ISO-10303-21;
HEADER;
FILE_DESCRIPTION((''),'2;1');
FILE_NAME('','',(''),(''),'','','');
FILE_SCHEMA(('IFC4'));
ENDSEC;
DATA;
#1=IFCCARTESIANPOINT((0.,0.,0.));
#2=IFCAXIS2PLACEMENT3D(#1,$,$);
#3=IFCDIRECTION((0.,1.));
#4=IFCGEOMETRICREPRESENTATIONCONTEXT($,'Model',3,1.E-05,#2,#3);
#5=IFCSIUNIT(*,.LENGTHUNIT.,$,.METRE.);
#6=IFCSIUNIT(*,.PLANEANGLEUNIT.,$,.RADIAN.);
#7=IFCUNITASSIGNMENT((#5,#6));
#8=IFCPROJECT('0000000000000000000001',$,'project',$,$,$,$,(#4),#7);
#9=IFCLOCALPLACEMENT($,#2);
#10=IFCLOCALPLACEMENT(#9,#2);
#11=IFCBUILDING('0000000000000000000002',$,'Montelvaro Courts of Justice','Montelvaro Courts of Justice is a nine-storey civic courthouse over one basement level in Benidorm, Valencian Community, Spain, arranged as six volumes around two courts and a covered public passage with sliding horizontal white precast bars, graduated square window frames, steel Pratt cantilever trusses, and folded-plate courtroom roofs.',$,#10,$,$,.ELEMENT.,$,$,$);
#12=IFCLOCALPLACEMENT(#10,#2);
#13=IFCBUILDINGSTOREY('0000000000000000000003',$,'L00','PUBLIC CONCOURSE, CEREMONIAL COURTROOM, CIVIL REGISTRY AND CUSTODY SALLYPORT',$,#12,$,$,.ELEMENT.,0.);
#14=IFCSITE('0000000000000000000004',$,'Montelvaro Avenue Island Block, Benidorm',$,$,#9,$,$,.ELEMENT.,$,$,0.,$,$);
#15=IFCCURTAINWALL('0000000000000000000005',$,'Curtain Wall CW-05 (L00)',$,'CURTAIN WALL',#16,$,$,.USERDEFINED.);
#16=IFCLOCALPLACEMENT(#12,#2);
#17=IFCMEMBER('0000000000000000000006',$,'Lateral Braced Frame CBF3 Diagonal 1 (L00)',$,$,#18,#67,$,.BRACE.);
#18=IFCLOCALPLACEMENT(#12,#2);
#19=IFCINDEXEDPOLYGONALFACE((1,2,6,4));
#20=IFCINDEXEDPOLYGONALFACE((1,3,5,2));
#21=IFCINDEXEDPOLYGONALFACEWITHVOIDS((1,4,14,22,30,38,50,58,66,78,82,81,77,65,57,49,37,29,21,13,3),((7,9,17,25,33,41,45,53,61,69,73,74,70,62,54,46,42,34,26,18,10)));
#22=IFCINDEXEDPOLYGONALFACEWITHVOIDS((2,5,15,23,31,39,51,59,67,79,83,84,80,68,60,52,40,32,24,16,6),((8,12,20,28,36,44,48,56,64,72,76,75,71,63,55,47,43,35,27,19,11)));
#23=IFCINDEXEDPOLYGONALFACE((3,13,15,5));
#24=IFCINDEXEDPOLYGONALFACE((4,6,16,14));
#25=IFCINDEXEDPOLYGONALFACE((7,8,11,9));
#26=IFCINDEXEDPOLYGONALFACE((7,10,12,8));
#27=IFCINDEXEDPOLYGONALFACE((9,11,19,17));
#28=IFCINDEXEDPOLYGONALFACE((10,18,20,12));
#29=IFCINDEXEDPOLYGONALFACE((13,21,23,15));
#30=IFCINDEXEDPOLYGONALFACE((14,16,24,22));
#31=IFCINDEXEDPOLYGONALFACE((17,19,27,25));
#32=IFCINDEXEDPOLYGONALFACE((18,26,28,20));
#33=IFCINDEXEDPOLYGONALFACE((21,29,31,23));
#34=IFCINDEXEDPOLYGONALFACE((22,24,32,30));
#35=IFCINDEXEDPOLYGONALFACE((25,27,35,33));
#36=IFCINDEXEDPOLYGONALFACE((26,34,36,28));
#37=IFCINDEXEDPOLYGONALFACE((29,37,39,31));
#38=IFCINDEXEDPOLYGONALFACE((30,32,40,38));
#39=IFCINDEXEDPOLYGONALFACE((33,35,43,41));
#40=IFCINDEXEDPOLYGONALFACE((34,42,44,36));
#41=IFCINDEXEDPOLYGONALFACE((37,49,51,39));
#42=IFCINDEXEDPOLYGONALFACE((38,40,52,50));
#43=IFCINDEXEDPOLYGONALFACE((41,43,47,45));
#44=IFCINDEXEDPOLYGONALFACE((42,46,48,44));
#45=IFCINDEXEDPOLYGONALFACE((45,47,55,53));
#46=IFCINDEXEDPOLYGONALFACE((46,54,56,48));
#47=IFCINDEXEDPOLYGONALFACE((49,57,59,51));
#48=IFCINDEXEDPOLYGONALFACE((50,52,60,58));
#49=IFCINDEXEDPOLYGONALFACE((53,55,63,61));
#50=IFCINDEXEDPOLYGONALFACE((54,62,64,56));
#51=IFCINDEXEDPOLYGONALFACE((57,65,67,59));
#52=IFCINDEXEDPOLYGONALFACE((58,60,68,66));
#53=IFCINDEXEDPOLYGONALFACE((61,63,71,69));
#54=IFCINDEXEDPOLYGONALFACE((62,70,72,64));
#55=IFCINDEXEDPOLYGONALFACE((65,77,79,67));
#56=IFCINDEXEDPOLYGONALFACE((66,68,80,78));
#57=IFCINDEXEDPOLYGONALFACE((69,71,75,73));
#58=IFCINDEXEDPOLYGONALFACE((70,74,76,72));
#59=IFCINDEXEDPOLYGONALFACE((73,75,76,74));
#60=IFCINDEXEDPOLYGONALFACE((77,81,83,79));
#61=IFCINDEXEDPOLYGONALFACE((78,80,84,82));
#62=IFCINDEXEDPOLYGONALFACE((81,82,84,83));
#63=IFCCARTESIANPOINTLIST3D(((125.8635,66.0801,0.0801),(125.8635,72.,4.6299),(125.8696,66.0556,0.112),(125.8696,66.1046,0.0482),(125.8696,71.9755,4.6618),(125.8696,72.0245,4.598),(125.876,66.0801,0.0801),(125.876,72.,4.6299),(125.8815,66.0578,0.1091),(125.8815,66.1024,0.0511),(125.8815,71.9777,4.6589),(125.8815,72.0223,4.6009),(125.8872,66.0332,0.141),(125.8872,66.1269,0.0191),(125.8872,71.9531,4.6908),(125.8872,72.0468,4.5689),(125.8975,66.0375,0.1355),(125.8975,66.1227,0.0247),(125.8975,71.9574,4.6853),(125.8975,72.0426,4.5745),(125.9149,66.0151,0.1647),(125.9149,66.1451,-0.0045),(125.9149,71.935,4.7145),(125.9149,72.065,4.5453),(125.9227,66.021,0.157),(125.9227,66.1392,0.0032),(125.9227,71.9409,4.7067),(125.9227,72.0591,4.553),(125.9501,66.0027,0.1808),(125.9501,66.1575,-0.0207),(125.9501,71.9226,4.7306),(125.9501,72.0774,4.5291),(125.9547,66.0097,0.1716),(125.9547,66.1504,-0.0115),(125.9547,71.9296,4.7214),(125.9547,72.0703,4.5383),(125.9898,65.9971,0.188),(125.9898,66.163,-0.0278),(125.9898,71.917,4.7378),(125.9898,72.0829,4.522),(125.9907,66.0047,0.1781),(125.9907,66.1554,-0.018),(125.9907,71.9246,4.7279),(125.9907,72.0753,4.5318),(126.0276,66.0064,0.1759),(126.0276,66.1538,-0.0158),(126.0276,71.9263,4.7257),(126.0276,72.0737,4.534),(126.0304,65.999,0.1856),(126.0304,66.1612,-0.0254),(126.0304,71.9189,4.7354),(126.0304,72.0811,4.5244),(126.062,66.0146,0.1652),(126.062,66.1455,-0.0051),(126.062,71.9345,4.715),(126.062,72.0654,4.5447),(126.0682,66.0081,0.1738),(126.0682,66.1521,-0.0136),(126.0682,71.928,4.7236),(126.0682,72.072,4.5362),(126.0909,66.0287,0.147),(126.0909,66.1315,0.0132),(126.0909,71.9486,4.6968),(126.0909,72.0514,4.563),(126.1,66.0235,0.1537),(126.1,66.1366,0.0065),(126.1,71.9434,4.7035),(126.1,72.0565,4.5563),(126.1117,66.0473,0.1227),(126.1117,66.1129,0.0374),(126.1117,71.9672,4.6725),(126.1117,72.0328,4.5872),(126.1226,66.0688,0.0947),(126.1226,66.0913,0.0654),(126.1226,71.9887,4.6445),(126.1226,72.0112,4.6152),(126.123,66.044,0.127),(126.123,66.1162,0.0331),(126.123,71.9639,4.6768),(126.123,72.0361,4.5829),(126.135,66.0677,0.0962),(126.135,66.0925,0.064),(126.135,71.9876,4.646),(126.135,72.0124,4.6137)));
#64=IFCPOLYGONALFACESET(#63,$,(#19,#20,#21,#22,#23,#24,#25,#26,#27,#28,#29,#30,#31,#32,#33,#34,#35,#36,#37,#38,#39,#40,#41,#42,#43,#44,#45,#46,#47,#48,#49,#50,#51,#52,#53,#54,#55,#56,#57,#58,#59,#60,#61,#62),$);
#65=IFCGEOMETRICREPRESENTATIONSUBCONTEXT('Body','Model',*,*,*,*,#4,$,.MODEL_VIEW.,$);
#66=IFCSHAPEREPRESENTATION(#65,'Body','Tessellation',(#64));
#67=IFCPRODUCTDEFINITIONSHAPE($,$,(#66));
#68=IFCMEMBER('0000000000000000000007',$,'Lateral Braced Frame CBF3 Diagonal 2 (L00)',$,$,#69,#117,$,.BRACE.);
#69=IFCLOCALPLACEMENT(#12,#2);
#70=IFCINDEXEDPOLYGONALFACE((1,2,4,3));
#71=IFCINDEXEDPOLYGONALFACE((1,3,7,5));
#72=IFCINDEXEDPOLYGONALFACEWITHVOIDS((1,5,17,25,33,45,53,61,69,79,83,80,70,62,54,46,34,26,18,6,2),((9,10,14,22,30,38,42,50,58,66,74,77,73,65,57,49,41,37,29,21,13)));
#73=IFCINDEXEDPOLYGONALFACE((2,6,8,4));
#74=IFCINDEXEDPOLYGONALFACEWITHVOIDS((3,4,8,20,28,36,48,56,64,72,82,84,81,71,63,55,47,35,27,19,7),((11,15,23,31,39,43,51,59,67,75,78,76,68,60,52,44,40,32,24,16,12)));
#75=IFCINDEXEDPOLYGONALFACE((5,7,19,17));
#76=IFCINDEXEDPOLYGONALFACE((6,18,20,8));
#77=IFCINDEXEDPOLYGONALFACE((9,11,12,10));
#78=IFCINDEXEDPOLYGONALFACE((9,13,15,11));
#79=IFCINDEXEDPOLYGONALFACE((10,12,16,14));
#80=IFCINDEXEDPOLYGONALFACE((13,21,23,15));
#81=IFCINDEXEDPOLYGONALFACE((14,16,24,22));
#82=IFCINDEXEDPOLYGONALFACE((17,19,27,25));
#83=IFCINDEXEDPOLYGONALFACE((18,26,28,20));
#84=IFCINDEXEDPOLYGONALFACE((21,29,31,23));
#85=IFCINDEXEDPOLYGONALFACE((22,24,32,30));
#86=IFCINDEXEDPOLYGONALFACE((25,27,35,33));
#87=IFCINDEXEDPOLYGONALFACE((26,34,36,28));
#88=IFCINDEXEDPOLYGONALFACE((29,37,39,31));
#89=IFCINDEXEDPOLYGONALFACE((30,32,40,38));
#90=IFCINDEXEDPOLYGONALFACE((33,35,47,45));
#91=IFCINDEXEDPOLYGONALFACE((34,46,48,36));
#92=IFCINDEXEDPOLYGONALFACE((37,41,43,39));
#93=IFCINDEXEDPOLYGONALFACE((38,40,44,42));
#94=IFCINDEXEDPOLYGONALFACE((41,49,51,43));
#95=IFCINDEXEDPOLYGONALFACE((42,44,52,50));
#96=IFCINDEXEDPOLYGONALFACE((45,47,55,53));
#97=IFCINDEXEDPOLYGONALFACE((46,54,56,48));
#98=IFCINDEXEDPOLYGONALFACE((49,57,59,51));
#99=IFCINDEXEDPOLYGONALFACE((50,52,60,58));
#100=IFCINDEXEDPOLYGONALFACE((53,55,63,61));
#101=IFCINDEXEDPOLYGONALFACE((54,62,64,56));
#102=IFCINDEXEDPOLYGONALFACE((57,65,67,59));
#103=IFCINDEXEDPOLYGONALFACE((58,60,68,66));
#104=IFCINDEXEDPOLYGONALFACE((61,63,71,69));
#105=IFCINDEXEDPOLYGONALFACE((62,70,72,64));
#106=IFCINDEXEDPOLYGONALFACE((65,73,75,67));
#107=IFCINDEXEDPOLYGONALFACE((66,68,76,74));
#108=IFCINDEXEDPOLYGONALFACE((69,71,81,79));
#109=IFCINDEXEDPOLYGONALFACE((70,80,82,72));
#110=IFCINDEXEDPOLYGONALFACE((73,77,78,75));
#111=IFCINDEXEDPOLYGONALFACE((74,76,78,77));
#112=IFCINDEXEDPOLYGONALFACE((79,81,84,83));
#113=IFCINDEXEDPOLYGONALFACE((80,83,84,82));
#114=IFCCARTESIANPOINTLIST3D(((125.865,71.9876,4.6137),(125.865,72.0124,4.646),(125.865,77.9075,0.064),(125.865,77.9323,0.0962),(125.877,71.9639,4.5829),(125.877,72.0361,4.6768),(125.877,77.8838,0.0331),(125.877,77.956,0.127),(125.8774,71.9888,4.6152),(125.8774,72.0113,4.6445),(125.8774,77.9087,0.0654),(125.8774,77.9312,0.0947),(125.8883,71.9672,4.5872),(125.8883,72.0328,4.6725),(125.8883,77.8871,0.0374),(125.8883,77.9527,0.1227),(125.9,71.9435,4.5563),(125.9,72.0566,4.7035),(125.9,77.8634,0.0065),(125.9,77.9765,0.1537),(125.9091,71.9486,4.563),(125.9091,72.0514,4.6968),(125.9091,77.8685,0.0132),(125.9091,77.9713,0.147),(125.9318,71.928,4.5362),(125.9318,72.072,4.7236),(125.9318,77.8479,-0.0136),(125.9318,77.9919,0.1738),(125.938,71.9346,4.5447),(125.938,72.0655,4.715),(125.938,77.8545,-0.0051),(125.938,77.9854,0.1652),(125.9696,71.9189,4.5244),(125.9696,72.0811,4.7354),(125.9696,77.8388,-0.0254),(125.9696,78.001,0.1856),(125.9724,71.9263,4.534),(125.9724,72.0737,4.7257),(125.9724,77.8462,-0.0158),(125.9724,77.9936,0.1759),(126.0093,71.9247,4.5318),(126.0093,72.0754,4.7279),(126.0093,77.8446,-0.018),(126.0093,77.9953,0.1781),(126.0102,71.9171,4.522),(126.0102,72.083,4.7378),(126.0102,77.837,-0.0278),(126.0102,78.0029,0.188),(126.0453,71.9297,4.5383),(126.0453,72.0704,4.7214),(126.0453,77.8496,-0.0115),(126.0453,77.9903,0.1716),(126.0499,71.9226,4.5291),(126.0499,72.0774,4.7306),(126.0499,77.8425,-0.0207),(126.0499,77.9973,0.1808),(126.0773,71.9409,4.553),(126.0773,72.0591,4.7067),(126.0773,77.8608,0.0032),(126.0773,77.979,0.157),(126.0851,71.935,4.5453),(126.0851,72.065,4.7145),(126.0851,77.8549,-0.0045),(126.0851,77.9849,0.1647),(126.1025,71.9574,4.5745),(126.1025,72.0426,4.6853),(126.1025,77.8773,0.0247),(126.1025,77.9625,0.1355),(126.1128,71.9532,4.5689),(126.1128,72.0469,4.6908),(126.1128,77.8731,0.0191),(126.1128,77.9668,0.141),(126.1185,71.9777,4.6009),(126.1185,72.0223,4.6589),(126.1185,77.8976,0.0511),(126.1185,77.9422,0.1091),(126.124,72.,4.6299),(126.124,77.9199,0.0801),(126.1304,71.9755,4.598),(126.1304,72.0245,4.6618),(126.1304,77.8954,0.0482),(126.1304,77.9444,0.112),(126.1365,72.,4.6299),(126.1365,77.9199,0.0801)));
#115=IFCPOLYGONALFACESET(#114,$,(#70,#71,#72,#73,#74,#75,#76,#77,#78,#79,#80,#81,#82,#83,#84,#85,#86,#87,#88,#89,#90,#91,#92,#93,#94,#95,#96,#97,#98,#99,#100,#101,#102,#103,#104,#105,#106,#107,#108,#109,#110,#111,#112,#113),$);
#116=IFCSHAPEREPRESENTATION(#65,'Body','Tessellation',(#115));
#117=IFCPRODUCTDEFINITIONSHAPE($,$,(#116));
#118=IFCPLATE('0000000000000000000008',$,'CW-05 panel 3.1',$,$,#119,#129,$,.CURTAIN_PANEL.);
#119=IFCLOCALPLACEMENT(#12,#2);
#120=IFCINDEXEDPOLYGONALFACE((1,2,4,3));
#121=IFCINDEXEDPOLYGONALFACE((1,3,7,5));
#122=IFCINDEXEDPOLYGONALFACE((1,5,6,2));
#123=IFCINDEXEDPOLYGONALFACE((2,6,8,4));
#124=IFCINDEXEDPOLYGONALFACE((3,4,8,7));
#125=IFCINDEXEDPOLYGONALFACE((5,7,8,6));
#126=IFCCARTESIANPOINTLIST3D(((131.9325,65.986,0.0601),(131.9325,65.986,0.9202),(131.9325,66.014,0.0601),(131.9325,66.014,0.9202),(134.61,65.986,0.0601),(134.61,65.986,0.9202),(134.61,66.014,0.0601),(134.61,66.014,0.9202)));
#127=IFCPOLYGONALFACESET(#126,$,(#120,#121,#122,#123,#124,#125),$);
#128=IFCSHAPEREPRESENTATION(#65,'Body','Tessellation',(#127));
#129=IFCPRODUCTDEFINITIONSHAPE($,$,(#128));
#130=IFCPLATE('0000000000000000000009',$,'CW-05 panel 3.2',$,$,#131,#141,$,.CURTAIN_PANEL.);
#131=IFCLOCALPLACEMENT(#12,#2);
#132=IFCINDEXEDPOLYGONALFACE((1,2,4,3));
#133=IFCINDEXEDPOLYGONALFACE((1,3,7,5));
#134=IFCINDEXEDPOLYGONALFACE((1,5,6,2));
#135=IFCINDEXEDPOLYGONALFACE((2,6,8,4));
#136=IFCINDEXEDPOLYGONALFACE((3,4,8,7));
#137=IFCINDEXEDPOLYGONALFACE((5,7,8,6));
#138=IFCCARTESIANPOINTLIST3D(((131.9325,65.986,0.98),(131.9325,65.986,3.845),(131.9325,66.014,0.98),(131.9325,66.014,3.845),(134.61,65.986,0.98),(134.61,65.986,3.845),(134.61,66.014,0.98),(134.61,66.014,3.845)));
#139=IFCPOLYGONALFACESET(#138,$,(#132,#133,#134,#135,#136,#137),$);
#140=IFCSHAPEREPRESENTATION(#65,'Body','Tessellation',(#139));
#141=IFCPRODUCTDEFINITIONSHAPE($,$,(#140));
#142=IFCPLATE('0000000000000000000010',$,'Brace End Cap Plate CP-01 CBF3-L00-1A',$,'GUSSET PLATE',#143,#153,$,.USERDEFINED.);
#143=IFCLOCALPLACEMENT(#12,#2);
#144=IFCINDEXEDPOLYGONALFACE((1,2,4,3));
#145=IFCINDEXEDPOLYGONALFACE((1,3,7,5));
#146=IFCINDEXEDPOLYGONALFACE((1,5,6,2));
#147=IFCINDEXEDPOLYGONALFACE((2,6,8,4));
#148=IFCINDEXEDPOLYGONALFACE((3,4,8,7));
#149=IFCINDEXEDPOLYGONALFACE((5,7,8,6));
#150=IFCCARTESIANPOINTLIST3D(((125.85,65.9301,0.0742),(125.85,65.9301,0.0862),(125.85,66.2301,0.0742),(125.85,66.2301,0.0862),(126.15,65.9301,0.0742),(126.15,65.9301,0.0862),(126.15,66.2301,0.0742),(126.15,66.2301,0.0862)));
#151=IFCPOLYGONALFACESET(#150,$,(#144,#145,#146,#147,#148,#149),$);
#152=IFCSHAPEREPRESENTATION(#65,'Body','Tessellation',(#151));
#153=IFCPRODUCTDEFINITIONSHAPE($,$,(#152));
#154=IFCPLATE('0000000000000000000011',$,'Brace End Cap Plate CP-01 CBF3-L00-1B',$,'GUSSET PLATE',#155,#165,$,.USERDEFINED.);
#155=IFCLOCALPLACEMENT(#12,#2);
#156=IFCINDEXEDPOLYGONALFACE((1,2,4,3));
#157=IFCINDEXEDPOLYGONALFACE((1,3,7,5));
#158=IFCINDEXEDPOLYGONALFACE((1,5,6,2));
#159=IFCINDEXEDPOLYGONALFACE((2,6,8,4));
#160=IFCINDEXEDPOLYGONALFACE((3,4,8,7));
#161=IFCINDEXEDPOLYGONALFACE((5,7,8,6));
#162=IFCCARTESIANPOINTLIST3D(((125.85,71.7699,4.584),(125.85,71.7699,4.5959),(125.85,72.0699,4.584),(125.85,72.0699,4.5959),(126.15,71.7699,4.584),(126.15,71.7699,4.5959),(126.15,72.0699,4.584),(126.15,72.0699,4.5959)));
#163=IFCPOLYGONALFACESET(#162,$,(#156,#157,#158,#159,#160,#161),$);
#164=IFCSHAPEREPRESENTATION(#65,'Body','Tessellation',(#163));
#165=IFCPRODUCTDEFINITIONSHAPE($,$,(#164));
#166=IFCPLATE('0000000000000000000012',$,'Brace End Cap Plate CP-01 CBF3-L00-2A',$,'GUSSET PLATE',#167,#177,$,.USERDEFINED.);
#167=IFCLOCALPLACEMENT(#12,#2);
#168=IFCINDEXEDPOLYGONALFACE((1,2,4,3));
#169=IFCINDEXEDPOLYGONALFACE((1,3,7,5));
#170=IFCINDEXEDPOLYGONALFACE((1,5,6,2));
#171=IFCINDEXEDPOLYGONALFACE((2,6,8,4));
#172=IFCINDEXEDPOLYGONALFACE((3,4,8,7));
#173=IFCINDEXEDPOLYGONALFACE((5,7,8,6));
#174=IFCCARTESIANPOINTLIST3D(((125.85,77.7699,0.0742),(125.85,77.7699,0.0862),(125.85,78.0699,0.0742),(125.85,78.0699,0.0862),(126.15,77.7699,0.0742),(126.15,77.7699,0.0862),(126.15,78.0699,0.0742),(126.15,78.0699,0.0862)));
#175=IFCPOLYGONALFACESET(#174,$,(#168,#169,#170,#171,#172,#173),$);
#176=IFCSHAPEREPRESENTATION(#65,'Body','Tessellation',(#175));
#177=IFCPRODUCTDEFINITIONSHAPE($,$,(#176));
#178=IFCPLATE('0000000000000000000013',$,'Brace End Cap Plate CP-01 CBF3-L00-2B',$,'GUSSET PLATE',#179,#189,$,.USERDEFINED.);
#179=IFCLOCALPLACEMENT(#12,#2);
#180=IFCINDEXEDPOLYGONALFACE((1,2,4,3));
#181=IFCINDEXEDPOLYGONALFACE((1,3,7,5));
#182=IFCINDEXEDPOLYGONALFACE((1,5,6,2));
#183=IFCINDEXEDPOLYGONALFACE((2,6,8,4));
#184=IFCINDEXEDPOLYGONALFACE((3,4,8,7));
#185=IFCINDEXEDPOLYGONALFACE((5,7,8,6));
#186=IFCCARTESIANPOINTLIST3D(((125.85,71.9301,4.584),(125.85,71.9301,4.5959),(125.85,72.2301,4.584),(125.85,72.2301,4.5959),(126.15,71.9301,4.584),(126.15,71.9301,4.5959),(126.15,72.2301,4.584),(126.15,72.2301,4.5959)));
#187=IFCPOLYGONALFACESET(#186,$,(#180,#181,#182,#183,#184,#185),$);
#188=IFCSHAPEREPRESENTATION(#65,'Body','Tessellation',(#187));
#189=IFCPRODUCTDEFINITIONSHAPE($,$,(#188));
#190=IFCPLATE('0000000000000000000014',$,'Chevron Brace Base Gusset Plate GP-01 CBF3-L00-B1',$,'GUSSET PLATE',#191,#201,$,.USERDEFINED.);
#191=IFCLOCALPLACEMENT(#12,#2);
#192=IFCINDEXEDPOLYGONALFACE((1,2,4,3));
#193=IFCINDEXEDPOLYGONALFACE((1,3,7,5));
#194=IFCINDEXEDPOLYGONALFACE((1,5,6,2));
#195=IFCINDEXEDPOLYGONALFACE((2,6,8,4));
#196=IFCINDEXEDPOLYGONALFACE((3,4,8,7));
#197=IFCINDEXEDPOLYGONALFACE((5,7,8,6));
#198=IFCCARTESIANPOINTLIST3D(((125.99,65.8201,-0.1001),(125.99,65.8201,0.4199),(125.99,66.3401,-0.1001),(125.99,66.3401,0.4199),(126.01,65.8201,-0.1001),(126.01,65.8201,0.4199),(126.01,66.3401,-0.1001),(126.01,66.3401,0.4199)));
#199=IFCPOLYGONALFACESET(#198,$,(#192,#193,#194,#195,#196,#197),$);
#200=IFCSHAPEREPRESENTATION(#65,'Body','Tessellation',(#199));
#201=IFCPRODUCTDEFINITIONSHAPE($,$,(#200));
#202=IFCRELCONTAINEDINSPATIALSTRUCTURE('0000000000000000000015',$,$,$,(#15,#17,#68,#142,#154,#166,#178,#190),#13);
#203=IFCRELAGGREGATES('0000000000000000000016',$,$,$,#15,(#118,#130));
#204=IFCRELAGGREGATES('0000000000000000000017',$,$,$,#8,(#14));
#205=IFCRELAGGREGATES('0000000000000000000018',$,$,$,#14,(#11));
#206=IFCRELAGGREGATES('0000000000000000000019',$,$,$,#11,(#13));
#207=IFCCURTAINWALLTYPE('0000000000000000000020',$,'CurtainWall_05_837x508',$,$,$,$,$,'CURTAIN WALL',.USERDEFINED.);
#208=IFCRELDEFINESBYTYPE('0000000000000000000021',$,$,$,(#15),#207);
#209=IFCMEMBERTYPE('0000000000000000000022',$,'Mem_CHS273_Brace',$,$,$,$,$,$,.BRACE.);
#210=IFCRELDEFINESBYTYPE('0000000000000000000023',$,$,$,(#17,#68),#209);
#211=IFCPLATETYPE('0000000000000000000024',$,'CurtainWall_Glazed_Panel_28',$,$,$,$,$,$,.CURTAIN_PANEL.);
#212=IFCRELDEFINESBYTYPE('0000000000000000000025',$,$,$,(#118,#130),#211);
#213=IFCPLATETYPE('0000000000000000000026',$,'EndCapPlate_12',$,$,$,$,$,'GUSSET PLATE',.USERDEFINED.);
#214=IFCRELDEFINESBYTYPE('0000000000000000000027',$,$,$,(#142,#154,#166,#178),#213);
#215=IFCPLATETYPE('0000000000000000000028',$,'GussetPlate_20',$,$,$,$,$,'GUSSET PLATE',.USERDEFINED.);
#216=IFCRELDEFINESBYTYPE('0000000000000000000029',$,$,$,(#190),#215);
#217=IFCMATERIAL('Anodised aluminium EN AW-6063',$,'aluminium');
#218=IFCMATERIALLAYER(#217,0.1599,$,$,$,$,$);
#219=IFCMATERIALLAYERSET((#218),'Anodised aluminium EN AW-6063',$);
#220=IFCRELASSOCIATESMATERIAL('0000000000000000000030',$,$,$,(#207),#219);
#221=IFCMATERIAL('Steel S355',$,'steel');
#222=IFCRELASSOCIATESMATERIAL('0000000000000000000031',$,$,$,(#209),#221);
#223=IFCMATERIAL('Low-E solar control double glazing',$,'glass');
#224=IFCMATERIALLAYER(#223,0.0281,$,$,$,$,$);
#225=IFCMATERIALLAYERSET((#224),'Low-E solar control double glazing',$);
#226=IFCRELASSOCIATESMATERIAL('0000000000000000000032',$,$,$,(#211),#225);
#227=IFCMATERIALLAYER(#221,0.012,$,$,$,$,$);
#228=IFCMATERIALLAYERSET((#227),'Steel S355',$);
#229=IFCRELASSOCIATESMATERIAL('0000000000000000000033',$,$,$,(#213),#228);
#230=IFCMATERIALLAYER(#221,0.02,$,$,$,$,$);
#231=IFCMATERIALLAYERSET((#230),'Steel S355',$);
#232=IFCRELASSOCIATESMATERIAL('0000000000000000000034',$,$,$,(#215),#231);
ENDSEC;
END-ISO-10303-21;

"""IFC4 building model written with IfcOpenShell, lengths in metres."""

from ifc_helpers import new_model, si_unit, direction, frame, origin, origin_2d, place, context, subcontext, project, spatial, rectangle, hollow_circle, extrude, material, layer, layer_set, material_profile, profile_set, type_object, element, aggregate, save


model = new_model("IFC4")

# Units and contexts
model_context = context("Model", 3, precision=1e-05, world=origin(), true_north=direction((0.0, 1.0)))
body_context = subcontext(model_context, "Body", "Model", "MODEL_VIEW")
ifc_project = project(units=[si_unit("LENGTHUNIT", "METRE"), si_unit("PLANEANGLEUNIT", "RADIAN")], contexts=[model_context])

# Site, building, storey
site_placement = place(None, origin())
site = spatial("IfcSite", under=ifc_project, at=site_placement, Name="Montelvaro Avenue Island Block, Benidorm", CompositionType="ELEMENT", RefElevation=0.0)
building_placement = place(site_placement, origin())
building = spatial("IfcBuilding", under=site, at=building_placement, Name="Montelvaro Courts of Justice", Description="Montelvaro Courts of Justice is a nine-storey civic courthouse over one basement level in Benidorm, Valencian Community, Spain, arranged as six volumes around two courts and a covered public passage with sliding horizontal white precast bars, graduated square window frames, steel Pratt cantilever trusses, and folded-plate courtroom roofs.", CompositionType="ELEMENT")
storey_placement = place(building_placement, origin())
storey = spatial("IfcBuildingStorey", under=building, at=storey_placement, Name="L00", Description="PUBLIC CONCOURSE, CEREMONIAL COURTROOM, CIVIL REGISTRY AND CUSTODY SALLYPORT", CompositionType="ELEMENT", Elevation=0.0)

# Shared definitions
ifc_material_1 = material(Name="Steel S355", Category="steel")

# Curtain wall
ifc_material_2 = material(Name="Anodised aluminium EN AW-6063", Category="aluminium")
ifc_layer_1 = layer(ifc_material_2, 0.1599)
ifc_layer_set_1 = layer_set([ifc_layer_1], Name="Anodised aluminium EN AW-6063")
curtain_wall_type = type_object("IfcCurtainWallType", Name="CurtainWall_05_837x508", ElementType="CURTAIN WALL", PredefinedType="USERDEFINED", material=ifc_layer_set_1)
curtain_wall_placement = place(storey_placement, origin())
curtain_wall = element("IfcCurtainWall", 1, at=curtain_wall_placement, inside=storey, type_object=curtain_wall_type, Name="Curtain Wall CW-05 (L00)", ObjectType="CURTAIN WALL", PredefinedType="USERDEFINED")

# Members
ifc_material_profile_1 = material_profile(ifc_material_1, hollow_circle(Radius=0.1365, WallThickness=0.0125, at=origin_2d()), Name="CHS 273x12.5")
ifc_profile_set_1 = profile_set([ifc_material_profile_1], Name="Steel S355")
member_type_1 = type_object("IfcMemberType", Name="Mem_CHS273_Brace", PredefinedType="BRACE", material=ifc_profile_set_1)
for number, where, z_axis, x_axis, name in (
    (2, (126.0, 66.0801, 0.0801), (0.0, 0.792882, 0.609376), (-1.0, 0.0, 0.0), "Lateral Braced Frame CBF3 Diagonal 1 (L00)"),
    (3, (126.0, 77.9199, 0.0801), (0.0, -0.792882, 0.609376), (1.0, 0.0, 0.0), "Lateral Braced Frame CBF3 Diagonal 2 (L00)"),
):
    element("IfcMember", number, at=place(storey_placement, frame(where, z_axis=z_axis, x_axis=x_axis)), inside=storey, type_object=member_type_1, Name=name, PredefinedType="BRACE", context=body_context, shape_type="SweptSolid", body=[
        extrude(hollow_circle(Radius=0.1365, WallThickness=0.0125, at=origin_2d()), origin(), (0.0, 0.0, 1.0), 7.4663),
    ])

# Plates
ifc_material_3 = material(Name="Low-E solar control double glazing", Category="glass")
ifc_layer_2 = layer(ifc_material_3, 0.0281)
ifc_layer_set_2 = layer_set([ifc_layer_2], Name="Low-E solar control double glazing")
plate_type_1 = type_object("IfcPlateType", Name="CurtainWall_Glazed_Panel_28", PredefinedType="CURTAIN_PANEL", material=ifc_layer_set_2)
plate_1_placement = place(storey_placement, frame((133.2712, 66.0, 0.0601), z_axis=(0.0, 0.0, 1.0), x_axis=(1.0, 0.0, 0.0)))
plate_1 = element("IfcPlate", 4, at=plate_1_placement, type_object=plate_type_1, Name="CW-05 panel 3.1", PredefinedType="CURTAIN_PANEL", context=body_context, shape_type="SweptSolid", body=[
    extrude(rectangle(XDim=2.6775, YDim=0.0281, at=origin_2d()), origin(), (0.0, 0.0, 1.0), 0.8601),
])
plate_2_placement = place(storey_placement, frame((133.2712, 66.0, 0.98), z_axis=(0.0, 0.0, 1.0), x_axis=(1.0, 0.0, 0.0)))
plate_2 = element("IfcPlate", 5, at=plate_2_placement, type_object=plate_type_1, Name="CW-05 panel 3.2", PredefinedType="CURTAIN_PANEL", context=body_context, shape_type="SweptSolid", body=[
    extrude(rectangle(XDim=2.6775, YDim=0.0281, at=origin_2d()), origin(), (0.0, 0.0, 1.0), 2.865),
])
aggregate(curtain_wall, [plate_1, plate_2])

# Plates
ifc_layer_3 = layer(ifc_material_1, 0.012)
ifc_layer_set_3 = layer_set([ifc_layer_3], Name="Steel S355")
plate_type_2 = type_object("IfcPlateType", Name="EndCapPlate_12", ElementType="GUSSET PLATE", PredefinedType="USERDEFINED", material=ifc_layer_set_3)
for number, where, z_axis, x_axis, name in (
    (6, (126.0, 66.0801, 0.0742), (0.0, 0.0, 1.0), (1.0, 0.0, 0.0), "Brace End Cap Plate CP-01 CBF3-L00-1A"),
    (7, (126.0, 71.9199, 4.584), (0.0, 0.0, 1.0), (1.0, 0.0, 0.0), "Brace End Cap Plate CP-01 CBF3-L00-1B"),
    (8, (126.0, 77.9199, 0.0742), (0.0, 0.0, 1.0), (1.0, 0.0, 0.0), "Brace End Cap Plate CP-01 CBF3-L00-2A"),
    (9, (126.0, 72.0801, 4.584), (0.0, 0.0, 1.0), (1.0, 0.0, 0.0), "Brace End Cap Plate CP-01 CBF3-L00-2B"),
):
    element("IfcPlate", number, at=place(storey_placement, frame(where, z_axis=z_axis, x_axis=x_axis)), inside=storey, type_object=plate_type_2, Name=name, ObjectType="GUSSET PLATE", PredefinedType="USERDEFINED", context=body_context, shape_type="SweptSolid", body=[
        extrude(rectangle(XDim=0.3, YDim=0.3, at=origin_2d()), origin(), (0.0, 0.0, 1.0), 0.012),
    ])
ifc_layer_4 = layer(ifc_material_1, 0.02)
ifc_layer_set_4 = layer_set([ifc_layer_4], Name="Steel S355")
plate_type_3 = type_object("IfcPlateType", Name="GussetPlate_20", ElementType="GUSSET PLATE", PredefinedType="USERDEFINED", material=ifc_layer_set_4)
for number, where, z_axis, x_axis, name in (
    (10, (126.0, 66.0801, -0.1001), (0.0, 0.0, 1.0), (1.0, 0.0, 0.0), "Chevron Brace Base Gusset Plate GP-01 CBF3-L00-B1"),
):
    element("IfcPlate", number, at=place(storey_placement, frame(where, z_axis=z_axis, x_axis=x_axis)), inside=storey, type_object=plate_type_3, Name=name, ObjectType="GUSSET PLATE", PredefinedType="USERDEFINED", context=body_context, shape_type="SweptSolid", body=[
        extrude(rectangle(XDim=0.02, YDim=0.52, at=origin_2d()), origin(), (0.0, 0.0, 1.0), 0.52),
    ])

save(model, "model.ifc")
